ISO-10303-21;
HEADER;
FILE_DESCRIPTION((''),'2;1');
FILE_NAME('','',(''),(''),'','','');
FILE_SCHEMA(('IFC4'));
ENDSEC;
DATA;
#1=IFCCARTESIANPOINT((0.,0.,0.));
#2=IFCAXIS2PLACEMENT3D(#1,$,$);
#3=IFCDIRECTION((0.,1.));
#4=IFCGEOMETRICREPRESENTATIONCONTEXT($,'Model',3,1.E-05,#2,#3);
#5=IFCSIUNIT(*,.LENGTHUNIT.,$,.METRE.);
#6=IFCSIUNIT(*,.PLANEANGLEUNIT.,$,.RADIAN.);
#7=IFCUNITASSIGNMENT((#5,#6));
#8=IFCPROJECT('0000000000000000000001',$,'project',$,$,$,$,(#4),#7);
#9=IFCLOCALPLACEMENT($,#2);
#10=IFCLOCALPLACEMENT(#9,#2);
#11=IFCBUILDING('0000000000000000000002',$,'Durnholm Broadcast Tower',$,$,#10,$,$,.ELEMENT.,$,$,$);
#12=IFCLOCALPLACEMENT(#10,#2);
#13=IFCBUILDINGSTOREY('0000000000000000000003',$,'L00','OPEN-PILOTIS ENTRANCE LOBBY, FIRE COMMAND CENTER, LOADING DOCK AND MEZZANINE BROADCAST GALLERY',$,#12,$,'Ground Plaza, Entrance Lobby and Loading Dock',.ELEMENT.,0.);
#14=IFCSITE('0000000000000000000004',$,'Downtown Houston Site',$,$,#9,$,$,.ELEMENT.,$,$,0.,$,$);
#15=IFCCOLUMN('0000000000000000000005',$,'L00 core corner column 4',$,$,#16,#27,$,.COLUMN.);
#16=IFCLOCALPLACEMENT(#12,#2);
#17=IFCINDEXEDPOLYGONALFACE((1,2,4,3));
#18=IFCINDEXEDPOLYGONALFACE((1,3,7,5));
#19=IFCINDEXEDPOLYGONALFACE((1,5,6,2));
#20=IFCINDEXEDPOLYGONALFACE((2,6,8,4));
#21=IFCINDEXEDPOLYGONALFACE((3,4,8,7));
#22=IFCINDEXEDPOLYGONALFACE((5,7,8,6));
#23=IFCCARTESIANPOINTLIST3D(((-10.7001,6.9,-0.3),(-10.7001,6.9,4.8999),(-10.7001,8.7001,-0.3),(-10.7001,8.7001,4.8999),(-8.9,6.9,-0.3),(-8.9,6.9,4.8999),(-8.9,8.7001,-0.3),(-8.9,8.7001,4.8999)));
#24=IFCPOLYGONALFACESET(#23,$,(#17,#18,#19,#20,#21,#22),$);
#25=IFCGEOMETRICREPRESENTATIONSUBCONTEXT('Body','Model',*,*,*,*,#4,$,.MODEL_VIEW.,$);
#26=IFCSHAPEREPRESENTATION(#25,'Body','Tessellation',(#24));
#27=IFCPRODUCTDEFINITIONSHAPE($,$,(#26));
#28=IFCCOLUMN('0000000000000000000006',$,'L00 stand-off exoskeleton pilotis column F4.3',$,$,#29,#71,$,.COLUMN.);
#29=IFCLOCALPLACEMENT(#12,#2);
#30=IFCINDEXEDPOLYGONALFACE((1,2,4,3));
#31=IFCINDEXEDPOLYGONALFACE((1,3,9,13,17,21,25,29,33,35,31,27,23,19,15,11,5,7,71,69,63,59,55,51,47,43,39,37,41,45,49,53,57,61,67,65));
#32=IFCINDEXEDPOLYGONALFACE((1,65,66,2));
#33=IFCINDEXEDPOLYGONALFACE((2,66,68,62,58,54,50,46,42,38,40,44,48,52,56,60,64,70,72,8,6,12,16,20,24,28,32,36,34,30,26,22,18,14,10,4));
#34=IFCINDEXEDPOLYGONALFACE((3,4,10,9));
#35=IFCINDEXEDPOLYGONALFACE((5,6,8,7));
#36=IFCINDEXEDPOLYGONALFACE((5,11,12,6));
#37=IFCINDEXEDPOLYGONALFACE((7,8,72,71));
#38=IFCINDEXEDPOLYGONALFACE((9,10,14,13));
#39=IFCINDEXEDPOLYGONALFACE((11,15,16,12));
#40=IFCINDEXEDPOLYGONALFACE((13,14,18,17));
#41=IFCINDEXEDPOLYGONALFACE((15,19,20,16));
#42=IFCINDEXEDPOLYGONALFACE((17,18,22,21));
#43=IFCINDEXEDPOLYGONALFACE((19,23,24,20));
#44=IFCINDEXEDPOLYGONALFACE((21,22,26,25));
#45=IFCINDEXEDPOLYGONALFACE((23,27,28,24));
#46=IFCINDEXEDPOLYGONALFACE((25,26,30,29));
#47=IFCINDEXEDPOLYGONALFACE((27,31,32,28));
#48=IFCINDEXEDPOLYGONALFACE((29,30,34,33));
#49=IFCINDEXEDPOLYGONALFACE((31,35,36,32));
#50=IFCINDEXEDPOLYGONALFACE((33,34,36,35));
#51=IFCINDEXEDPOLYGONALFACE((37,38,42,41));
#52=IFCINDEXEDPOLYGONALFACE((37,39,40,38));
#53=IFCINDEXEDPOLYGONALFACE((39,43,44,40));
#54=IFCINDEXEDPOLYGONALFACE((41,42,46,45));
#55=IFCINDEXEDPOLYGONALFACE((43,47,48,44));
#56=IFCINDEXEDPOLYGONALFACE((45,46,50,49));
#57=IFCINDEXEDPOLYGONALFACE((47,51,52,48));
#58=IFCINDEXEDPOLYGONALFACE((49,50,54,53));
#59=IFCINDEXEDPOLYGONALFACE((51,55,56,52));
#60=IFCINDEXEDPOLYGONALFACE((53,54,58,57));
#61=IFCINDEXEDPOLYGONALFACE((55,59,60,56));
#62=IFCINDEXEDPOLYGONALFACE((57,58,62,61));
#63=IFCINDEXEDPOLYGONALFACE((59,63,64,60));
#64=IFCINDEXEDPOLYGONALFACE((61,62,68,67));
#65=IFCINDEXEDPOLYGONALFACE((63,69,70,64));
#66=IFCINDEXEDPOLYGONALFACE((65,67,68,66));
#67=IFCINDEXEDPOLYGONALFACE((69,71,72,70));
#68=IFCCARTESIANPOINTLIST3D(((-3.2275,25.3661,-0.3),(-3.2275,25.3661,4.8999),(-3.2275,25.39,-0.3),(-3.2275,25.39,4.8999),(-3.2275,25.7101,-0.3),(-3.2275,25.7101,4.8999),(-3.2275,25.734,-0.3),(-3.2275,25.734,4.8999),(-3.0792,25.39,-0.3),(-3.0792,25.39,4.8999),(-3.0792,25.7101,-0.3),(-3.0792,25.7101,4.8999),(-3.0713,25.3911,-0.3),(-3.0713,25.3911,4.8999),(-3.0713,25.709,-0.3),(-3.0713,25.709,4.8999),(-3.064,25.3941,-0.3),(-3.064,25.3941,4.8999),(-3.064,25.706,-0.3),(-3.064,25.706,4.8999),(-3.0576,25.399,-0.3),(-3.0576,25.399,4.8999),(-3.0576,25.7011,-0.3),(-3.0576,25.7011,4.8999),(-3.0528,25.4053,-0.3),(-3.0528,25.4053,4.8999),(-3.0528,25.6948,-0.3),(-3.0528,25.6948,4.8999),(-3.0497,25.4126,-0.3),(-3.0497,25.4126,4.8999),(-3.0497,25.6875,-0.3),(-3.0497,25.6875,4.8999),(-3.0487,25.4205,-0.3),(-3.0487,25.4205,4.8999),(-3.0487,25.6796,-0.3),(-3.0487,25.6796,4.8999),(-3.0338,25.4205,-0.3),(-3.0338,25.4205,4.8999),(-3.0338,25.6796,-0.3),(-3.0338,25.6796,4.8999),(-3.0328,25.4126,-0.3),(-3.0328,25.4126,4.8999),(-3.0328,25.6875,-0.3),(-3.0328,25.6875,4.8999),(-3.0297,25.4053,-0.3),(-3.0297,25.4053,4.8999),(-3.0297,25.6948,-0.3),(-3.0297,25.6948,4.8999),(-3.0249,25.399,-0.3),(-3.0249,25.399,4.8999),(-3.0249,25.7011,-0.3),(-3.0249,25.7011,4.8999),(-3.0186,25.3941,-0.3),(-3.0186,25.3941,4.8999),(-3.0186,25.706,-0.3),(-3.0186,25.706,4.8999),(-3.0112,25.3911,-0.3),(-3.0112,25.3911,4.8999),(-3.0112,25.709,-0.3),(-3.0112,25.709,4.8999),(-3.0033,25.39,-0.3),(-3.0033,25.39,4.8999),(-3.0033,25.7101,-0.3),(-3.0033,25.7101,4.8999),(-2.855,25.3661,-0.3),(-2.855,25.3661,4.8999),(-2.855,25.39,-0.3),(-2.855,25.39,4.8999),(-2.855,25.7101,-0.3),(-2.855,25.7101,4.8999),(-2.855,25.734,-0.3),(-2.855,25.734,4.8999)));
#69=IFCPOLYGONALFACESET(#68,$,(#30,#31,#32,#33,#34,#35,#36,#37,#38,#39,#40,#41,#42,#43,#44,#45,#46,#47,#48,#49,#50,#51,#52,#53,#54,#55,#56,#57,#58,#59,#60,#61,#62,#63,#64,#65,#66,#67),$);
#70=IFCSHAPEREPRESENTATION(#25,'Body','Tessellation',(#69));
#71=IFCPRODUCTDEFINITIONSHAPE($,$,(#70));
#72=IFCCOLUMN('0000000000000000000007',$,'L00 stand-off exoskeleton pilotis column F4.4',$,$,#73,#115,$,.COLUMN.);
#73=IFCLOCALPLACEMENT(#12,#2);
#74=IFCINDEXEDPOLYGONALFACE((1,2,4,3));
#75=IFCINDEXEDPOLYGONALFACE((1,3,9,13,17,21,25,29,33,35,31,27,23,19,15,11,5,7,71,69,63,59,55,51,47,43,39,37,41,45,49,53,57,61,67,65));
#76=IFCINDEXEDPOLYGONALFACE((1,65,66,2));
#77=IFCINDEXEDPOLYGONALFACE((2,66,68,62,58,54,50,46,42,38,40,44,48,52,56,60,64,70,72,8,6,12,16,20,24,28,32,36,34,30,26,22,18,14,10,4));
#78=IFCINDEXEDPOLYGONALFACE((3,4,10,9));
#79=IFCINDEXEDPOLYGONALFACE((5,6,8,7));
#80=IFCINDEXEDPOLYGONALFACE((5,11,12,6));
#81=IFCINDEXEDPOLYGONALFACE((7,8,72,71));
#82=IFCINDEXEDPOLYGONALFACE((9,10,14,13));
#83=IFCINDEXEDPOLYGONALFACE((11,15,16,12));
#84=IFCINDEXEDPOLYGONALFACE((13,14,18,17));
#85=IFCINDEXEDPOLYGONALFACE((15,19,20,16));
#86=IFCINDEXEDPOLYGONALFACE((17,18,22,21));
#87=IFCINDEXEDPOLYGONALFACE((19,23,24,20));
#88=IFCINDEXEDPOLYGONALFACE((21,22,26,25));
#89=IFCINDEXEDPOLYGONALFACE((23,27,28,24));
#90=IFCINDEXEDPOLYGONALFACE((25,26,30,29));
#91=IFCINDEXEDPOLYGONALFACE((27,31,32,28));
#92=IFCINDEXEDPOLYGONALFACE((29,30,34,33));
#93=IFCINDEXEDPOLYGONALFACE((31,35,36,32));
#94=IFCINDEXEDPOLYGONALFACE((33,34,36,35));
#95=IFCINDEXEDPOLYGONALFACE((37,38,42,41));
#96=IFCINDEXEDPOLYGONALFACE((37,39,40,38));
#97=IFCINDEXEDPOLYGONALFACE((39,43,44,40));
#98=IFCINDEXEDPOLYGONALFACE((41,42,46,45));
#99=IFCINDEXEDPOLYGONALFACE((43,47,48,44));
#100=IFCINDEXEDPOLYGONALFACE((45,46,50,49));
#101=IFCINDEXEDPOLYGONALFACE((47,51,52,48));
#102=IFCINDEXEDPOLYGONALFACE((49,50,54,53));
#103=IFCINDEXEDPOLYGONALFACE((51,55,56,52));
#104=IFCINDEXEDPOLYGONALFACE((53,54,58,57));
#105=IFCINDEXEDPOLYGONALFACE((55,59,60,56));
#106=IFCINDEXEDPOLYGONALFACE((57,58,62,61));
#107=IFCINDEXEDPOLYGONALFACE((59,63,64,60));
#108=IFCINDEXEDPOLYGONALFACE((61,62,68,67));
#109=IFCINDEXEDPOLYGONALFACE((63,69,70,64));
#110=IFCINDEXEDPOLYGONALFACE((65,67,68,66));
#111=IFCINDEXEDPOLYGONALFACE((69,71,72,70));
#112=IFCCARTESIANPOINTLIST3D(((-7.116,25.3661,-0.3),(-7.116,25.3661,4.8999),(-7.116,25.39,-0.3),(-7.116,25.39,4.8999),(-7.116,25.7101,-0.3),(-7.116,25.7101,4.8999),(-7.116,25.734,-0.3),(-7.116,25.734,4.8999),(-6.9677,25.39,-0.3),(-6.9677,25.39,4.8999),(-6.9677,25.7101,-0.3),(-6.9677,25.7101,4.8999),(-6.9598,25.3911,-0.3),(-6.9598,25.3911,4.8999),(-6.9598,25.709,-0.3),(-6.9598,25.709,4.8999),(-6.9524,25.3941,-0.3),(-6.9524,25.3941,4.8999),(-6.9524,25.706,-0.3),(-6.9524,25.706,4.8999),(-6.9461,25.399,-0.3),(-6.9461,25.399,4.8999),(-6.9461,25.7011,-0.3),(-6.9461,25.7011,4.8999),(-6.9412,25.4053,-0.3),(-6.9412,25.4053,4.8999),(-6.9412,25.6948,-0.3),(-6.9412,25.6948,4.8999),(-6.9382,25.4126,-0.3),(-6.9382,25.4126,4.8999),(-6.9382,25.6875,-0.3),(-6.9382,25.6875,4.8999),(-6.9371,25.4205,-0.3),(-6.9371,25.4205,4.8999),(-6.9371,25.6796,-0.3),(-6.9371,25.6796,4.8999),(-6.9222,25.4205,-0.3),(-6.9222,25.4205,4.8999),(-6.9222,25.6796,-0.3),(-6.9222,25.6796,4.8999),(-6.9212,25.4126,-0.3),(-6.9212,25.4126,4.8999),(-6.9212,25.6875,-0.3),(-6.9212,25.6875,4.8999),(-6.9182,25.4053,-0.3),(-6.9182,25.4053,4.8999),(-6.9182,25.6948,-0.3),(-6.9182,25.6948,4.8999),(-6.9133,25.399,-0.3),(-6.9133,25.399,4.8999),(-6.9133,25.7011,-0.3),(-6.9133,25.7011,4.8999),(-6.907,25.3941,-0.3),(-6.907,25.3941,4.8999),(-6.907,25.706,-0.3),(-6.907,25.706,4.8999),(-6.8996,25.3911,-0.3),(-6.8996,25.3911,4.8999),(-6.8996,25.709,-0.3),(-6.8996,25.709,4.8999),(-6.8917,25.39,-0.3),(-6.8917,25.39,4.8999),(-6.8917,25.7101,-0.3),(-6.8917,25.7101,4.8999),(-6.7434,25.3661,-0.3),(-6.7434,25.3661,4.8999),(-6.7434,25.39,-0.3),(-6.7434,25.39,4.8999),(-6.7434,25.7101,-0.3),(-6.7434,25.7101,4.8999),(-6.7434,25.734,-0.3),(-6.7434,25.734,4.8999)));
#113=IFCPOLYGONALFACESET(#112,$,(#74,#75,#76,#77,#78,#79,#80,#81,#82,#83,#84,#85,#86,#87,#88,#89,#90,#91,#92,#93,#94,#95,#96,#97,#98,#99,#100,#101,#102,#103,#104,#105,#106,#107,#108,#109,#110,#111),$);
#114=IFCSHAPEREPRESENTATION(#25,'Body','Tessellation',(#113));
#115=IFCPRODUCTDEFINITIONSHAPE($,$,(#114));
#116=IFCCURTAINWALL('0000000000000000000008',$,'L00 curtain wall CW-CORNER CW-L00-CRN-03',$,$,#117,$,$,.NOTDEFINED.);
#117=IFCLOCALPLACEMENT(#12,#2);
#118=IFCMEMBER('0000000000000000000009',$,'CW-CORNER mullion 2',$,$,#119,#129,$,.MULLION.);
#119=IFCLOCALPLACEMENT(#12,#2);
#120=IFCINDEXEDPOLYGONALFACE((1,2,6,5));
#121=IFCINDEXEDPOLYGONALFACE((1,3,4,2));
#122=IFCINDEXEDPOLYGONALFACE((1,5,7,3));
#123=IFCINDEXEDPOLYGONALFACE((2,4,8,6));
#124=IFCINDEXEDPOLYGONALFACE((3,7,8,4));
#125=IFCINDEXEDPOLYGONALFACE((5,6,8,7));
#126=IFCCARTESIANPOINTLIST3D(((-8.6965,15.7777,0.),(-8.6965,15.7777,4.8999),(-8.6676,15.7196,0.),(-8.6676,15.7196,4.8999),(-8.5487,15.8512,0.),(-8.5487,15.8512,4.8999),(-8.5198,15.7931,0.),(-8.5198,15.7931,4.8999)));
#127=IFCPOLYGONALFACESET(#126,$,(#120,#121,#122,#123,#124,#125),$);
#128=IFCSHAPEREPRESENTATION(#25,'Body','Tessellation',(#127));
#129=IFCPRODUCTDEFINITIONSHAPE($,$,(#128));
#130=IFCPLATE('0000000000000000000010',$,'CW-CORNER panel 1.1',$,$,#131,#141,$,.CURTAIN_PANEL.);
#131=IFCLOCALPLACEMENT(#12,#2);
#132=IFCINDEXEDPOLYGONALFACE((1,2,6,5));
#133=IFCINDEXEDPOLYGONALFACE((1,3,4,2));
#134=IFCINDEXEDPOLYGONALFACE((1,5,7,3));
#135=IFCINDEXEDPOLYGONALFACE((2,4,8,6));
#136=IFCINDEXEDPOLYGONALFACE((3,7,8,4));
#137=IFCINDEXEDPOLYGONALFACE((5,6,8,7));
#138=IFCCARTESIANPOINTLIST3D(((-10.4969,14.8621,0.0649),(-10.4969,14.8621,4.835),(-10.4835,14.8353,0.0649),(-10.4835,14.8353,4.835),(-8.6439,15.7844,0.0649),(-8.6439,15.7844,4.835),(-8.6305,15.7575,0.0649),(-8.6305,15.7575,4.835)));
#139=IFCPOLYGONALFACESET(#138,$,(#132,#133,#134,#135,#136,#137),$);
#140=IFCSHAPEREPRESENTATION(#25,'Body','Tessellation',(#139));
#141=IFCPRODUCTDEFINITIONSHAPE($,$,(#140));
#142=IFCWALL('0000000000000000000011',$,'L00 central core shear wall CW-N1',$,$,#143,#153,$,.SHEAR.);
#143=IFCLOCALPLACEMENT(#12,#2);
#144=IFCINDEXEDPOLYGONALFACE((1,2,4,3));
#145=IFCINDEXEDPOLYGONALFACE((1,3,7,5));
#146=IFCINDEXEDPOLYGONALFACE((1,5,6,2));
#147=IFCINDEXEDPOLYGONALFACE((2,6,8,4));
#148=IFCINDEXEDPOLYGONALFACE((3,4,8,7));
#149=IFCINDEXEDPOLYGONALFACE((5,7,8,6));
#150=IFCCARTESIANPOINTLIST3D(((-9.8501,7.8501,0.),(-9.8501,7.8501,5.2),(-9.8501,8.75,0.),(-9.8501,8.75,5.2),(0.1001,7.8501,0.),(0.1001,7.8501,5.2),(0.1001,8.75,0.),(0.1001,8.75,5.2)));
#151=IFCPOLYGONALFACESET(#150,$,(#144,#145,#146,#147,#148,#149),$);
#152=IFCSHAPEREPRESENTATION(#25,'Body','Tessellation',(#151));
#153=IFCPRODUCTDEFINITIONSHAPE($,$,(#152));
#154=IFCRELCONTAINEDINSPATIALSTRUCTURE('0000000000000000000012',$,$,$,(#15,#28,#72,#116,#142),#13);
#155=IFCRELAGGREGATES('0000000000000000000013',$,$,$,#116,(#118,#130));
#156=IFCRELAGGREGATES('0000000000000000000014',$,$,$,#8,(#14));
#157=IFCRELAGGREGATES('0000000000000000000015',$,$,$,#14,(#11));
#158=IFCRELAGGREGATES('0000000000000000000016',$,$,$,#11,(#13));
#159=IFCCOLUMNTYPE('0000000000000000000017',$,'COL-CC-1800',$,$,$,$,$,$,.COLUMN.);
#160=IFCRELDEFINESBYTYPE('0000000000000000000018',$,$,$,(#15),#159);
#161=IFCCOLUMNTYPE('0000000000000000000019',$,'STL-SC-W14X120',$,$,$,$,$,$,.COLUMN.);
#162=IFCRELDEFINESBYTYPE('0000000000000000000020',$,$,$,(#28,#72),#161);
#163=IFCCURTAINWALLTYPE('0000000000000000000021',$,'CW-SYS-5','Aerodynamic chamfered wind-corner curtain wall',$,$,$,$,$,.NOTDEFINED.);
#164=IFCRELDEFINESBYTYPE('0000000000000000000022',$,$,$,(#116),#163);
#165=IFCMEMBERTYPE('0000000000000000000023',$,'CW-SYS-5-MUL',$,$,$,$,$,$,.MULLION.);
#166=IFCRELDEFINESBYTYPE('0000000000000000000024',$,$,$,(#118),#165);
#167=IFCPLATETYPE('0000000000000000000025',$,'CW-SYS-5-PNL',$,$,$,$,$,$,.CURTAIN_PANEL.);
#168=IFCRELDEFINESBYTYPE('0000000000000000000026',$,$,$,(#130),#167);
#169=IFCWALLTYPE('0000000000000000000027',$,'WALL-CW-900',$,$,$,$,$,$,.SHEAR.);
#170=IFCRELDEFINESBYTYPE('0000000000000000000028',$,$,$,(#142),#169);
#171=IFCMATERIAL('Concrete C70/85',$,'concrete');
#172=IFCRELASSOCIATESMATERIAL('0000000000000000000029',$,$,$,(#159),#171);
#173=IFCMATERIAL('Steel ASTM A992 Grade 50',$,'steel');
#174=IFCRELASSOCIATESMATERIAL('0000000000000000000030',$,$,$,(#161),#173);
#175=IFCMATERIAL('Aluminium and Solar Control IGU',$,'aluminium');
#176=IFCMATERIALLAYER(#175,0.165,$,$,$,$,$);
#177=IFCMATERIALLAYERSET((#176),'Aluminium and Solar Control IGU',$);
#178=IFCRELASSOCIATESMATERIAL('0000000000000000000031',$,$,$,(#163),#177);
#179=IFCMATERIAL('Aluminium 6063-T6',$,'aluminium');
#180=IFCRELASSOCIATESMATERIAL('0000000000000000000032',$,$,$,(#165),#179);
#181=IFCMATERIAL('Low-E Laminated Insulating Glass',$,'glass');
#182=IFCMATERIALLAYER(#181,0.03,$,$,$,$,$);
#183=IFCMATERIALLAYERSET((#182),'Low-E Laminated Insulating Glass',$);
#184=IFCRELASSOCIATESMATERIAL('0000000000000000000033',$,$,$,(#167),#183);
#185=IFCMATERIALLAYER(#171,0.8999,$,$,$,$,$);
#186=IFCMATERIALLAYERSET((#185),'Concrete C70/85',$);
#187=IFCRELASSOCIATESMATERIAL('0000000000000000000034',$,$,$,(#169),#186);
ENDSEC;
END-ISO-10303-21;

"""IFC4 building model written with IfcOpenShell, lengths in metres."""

from ifc_helpers import new_model, si_unit, direction, frame, frame_2d, origin, origin_2d, place, context, subcontext, project, spatial, rectangle, i_section, extrude, source, transform, mapped, material, layer, layer_set, material_profile, profile_set, type_object, type_shapes, element, aggregate, save


model = new_model("IFC4")

# Units and contexts
model_context = context("Model", 3, precision=1e-05, world=origin(), true_north=direction((0.0, 1.0)))
body_context = subcontext(model_context, "Body", "Model", "MODEL_VIEW")
ifc_project = project(units=[si_unit("LENGTHUNIT", "METRE"), si_unit("PLANEANGLEUNIT", "RADIAN")], contexts=[model_context])

# Site, building, storey
site_placement = place(None, origin())
site = spatial("IfcSite", under=ifc_project, at=site_placement, Name="Downtown Houston Site", CompositionType="ELEMENT", RefElevation=0.0)
building_placement = place(site_placement, origin())
building = spatial("IfcBuilding", under=site, at=building_placement, Name="Durnholm Broadcast Tower", CompositionType="ELEMENT")
storey_placement = place(building_placement, origin())
storey = spatial("IfcBuildingStorey", under=building, at=storey_placement, Name="L00", Description="OPEN-PILOTIS ENTRANCE LOBBY, FIRE COMMAND CENTER, LOADING DOCK AND MEZZANINE BROADCAST GALLERY", LongName="Ground Plaza, Entrance Lobby and Loading Dock", CompositionType="ELEMENT", Elevation=0.0)

# Columns
ifc_material_1 = material(Name="Concrete C70/85", Category="concrete")
ifc_material_profile_1 = material_profile(ifc_material_1, rectangle(XDim=1.8, YDim=1.8, at=origin_2d()), Name="RC1800X1800")
ifc_profile_set_1 = profile_set([ifc_material_profile_1], Name="Concrete C70/85")
column_type_1 = type_object("IfcColumnType", Name="COL-CC-1800", PredefinedType="COLUMN", material=ifc_profile_set_1)
shared_shape_1 = source(origin(), body_context, "Body", "SweptSolid", [
    extrude(rectangle(XDim=1.8, YDim=1.8, at=origin_2d()), origin(), (0.0, 0.0, 1.0), 5.2),
])
type_shapes(column_type_1, [shared_shape_1])
column_placement = place(storey_placement, frame((-9.8, 7.8, -0.3), z_axis=(0.0, 0.0, 1.0), x_axis=(1.0, 0.0, 0.0)))
element("IfcColumn", 1, at=column_placement, inside=storey, type_object=column_type_1, Name="L00 core corner column 4", PredefinedType="COLUMN", context=body_context, shape_type="MappedRepresentation", body=[
    mapped(shared_shape_1, transform((0.0, 0.0, 0.0), x_axis=(1.0, 0.0, 0.0), y_axis=(0.0, 1.0, 0.0), z_axis=(0.0, 0.0, 1.0), scale=1.0)),
])
ifc_material_2 = material(Name="Steel ASTM A992 Grade 50", Category="steel")
ifc_material_profile_2 = material_profile(ifc_material_2, i_section(OverallWidth=0.3726, OverallDepth=0.3679, WebThickness=0.0149, FlangeThickness=0.0239, FilletRadius=0.0305, at=origin_2d()), Name="W14X120")
ifc_profile_set_2 = profile_set([ifc_material_profile_2], Name="Steel ASTM A992 Grade 50")
column_type_2 = type_object("IfcColumnType", Name="STL-SC-W14X120", PredefinedType="COLUMN", material=ifc_profile_set_2)
shared_shape_2 = source(origin(), body_context, "Body", "SweptSolid", [
    extrude(i_section(OverallWidth=0.3726, OverallDepth=0.3679, WebThickness=0.0149, FlangeThickness=0.0239, FilletRadius=0.0305, at=origin_2d()), origin(), (0.0, 0.0, 1.0), 5.2),
])
type_shapes(column_type_2, [shared_shape_2])
for number, where, z_axis, x_axis, name in (
    (2, (-3.0413, 25.55, -0.3), (0.0, 0.0, 1.0), (1.0, 0.0, 0.0), "L00 stand-off exoskeleton pilotis column F4.3"),
    (3, (-6.9297, 25.55, -0.3), (0.0, 0.0, 1.0), (1.0, 0.0, 0.0), "L00 stand-off exoskeleton pilotis column F4.4"),
):
    element("IfcColumn", number, at=place(storey_placement, frame(where, z_axis=z_axis, x_axis=x_axis)), inside=storey, type_object=column_type_2, Name=name, PredefinedType="COLUMN", context=body_context, shape_type="MappedRepresentation", body=[
        mapped(shared_shape_2, transform((0.0, 0.0, 0.0), x_axis=(1.0, 0.0, 0.0), y_axis=(0.0, 1.0, 0.0), z_axis=(0.0, 0.0, 1.0), scale=1.0)),
    ])

# Curtain wall, member, plate
ifc_material_3 = material(Name="Aluminium and Solar Control IGU", Category="aluminium")
ifc_layer_1 = layer(ifc_material_3, 0.165)
ifc_layer_set_1 = layer_set([ifc_layer_1], Name="Aluminium and Solar Control IGU")
curtain_wall_type = type_object("IfcCurtainWallType", Name="CW-SYS-5", Description="Aerodynamic chamfered wind-corner curtain wall", PredefinedType="NOTDEFINED", material=ifc_layer_set_1)
curtain_wall_placement = place(storey_placement, origin())
curtain_wall = element("IfcCurtainWall", 4, at=curtain_wall_placement, inside=storey, type_object=curtain_wall_type, Name="L00 curtain wall CW-CORNER CW-L00-CRN-03", PredefinedType="NOTDEFINED")
ifc_material_4 = material(Name="Aluminium 6063-T6", Category="aluminium")
ifc_material_profile_3 = material_profile(ifc_material_4, rectangle(XDim=0.0649, YDim=0.165, at=origin_2d()), Name="CWM65X165")
ifc_profile_set_3 = profile_set([ifc_material_profile_3], Name="Aluminium 6063-T6")
member_type = type_object("IfcMemberType", Name="CW-SYS-5-MUL", PredefinedType="MULLION", material=ifc_profile_set_3)
shared_shape_3 = source(origin(), body_context, "Body", "SweptSolid", [
    extrude(rectangle(XDim=0.0649, YDim=0.165, at=origin_2d()), origin(), (0.0, 0.0, 1.0), 4.8999),
])
type_shapes(member_type, [shared_shape_3])
member_placement = place(storey_placement, frame((-8.6082, 15.7854, 0.0), z_axis=(0.0, 0.0, 1.0), x_axis=(-0.445558, 0.895253, 0.0)))
member = element("IfcMember", 5, at=member_placement, type_object=member_type, Name="CW-CORNER mullion 2", PredefinedType="MULLION", context=body_context, shape_type="MappedRepresentation", body=[
    mapped(shared_shape_3, transform((0.0, 0.0, 0.0), x_axis=(1.0, 0.0, 0.0), y_axis=(0.0, 1.0, 0.0), z_axis=(0.0, 0.0, 1.0), scale=1.0)),
])
ifc_material_5 = material(Name="Low-E Laminated Insulating Glass", Category="glass")
ifc_layer_2 = layer(ifc_material_5, 0.03)
ifc_layer_set_2 = layer_set([ifc_layer_2], Name="Low-E Laminated Insulating Glass")
plate_type = type_object("IfcPlateType", Name="CW-SYS-5-PNL", PredefinedType="CURTAIN_PANEL", material=ifc_layer_set_2)
shared_shape_4 = source(origin(), body_context, "Body", "SweptSolid", [
    extrude(rectangle(XDim=2.0698, YDim=0.03, at=origin_2d()), origin(), (0.0, 0.0, 1.0), 4.77),
])
type_shapes(plate_type, [shared_shape_4])
plate_placement = place(storey_placement, frame((-9.5637, 15.3098, 0.0649), z_axis=(0.0, 0.0, 1.0), x_axis=(0.895253, 0.445558, 0.0)))
plate = element("IfcPlate", 6, at=plate_placement, type_object=plate_type, Name="CW-CORNER panel 1.1", PredefinedType="CURTAIN_PANEL", context=body_context, shape_type="MappedRepresentation", body=[
    mapped(shared_shape_4, transform((0.0, 0.0, 0.0), x_axis=(1.0, 0.0, 0.0), y_axis=(0.0, 1.0, 0.0), z_axis=(0.0, 0.0, 1.0), scale=1.0)),
])
aggregate(curtain_wall, [member, plate])

# Wall
ifc_layer_3 = layer(ifc_material_1, 0.8999)
ifc_layer_set_3 = layer_set([ifc_layer_3], Name="Concrete C70/85")
wall_type_1 = type_object("IfcWallType", Name="WALL-CW-900", PredefinedType="SHEAR", material=ifc_layer_set_3)
wall_1_placement = place(storey_placement, frame((-9.8501, 8.3, 0.0), z_axis=(0.0, 0.0, 1.0), x_axis=(1.0, 0.0, 0.0)))
element("IfcWall", 7, at=wall_1_placement, inside=storey, type_object=wall_type_1, Name="L00 central core shear wall CW-N1", PredefinedType="SHEAR", context=body_context, shape_type="SweptSolid", body=[
    extrude(rectangle(XDim=9.9502, YDim=0.8999, at=frame_2d((4.9751, 0.0))), origin(), (0.0, 0.0, 1.0), 5.2),
])

save(model, "model.ifc")
